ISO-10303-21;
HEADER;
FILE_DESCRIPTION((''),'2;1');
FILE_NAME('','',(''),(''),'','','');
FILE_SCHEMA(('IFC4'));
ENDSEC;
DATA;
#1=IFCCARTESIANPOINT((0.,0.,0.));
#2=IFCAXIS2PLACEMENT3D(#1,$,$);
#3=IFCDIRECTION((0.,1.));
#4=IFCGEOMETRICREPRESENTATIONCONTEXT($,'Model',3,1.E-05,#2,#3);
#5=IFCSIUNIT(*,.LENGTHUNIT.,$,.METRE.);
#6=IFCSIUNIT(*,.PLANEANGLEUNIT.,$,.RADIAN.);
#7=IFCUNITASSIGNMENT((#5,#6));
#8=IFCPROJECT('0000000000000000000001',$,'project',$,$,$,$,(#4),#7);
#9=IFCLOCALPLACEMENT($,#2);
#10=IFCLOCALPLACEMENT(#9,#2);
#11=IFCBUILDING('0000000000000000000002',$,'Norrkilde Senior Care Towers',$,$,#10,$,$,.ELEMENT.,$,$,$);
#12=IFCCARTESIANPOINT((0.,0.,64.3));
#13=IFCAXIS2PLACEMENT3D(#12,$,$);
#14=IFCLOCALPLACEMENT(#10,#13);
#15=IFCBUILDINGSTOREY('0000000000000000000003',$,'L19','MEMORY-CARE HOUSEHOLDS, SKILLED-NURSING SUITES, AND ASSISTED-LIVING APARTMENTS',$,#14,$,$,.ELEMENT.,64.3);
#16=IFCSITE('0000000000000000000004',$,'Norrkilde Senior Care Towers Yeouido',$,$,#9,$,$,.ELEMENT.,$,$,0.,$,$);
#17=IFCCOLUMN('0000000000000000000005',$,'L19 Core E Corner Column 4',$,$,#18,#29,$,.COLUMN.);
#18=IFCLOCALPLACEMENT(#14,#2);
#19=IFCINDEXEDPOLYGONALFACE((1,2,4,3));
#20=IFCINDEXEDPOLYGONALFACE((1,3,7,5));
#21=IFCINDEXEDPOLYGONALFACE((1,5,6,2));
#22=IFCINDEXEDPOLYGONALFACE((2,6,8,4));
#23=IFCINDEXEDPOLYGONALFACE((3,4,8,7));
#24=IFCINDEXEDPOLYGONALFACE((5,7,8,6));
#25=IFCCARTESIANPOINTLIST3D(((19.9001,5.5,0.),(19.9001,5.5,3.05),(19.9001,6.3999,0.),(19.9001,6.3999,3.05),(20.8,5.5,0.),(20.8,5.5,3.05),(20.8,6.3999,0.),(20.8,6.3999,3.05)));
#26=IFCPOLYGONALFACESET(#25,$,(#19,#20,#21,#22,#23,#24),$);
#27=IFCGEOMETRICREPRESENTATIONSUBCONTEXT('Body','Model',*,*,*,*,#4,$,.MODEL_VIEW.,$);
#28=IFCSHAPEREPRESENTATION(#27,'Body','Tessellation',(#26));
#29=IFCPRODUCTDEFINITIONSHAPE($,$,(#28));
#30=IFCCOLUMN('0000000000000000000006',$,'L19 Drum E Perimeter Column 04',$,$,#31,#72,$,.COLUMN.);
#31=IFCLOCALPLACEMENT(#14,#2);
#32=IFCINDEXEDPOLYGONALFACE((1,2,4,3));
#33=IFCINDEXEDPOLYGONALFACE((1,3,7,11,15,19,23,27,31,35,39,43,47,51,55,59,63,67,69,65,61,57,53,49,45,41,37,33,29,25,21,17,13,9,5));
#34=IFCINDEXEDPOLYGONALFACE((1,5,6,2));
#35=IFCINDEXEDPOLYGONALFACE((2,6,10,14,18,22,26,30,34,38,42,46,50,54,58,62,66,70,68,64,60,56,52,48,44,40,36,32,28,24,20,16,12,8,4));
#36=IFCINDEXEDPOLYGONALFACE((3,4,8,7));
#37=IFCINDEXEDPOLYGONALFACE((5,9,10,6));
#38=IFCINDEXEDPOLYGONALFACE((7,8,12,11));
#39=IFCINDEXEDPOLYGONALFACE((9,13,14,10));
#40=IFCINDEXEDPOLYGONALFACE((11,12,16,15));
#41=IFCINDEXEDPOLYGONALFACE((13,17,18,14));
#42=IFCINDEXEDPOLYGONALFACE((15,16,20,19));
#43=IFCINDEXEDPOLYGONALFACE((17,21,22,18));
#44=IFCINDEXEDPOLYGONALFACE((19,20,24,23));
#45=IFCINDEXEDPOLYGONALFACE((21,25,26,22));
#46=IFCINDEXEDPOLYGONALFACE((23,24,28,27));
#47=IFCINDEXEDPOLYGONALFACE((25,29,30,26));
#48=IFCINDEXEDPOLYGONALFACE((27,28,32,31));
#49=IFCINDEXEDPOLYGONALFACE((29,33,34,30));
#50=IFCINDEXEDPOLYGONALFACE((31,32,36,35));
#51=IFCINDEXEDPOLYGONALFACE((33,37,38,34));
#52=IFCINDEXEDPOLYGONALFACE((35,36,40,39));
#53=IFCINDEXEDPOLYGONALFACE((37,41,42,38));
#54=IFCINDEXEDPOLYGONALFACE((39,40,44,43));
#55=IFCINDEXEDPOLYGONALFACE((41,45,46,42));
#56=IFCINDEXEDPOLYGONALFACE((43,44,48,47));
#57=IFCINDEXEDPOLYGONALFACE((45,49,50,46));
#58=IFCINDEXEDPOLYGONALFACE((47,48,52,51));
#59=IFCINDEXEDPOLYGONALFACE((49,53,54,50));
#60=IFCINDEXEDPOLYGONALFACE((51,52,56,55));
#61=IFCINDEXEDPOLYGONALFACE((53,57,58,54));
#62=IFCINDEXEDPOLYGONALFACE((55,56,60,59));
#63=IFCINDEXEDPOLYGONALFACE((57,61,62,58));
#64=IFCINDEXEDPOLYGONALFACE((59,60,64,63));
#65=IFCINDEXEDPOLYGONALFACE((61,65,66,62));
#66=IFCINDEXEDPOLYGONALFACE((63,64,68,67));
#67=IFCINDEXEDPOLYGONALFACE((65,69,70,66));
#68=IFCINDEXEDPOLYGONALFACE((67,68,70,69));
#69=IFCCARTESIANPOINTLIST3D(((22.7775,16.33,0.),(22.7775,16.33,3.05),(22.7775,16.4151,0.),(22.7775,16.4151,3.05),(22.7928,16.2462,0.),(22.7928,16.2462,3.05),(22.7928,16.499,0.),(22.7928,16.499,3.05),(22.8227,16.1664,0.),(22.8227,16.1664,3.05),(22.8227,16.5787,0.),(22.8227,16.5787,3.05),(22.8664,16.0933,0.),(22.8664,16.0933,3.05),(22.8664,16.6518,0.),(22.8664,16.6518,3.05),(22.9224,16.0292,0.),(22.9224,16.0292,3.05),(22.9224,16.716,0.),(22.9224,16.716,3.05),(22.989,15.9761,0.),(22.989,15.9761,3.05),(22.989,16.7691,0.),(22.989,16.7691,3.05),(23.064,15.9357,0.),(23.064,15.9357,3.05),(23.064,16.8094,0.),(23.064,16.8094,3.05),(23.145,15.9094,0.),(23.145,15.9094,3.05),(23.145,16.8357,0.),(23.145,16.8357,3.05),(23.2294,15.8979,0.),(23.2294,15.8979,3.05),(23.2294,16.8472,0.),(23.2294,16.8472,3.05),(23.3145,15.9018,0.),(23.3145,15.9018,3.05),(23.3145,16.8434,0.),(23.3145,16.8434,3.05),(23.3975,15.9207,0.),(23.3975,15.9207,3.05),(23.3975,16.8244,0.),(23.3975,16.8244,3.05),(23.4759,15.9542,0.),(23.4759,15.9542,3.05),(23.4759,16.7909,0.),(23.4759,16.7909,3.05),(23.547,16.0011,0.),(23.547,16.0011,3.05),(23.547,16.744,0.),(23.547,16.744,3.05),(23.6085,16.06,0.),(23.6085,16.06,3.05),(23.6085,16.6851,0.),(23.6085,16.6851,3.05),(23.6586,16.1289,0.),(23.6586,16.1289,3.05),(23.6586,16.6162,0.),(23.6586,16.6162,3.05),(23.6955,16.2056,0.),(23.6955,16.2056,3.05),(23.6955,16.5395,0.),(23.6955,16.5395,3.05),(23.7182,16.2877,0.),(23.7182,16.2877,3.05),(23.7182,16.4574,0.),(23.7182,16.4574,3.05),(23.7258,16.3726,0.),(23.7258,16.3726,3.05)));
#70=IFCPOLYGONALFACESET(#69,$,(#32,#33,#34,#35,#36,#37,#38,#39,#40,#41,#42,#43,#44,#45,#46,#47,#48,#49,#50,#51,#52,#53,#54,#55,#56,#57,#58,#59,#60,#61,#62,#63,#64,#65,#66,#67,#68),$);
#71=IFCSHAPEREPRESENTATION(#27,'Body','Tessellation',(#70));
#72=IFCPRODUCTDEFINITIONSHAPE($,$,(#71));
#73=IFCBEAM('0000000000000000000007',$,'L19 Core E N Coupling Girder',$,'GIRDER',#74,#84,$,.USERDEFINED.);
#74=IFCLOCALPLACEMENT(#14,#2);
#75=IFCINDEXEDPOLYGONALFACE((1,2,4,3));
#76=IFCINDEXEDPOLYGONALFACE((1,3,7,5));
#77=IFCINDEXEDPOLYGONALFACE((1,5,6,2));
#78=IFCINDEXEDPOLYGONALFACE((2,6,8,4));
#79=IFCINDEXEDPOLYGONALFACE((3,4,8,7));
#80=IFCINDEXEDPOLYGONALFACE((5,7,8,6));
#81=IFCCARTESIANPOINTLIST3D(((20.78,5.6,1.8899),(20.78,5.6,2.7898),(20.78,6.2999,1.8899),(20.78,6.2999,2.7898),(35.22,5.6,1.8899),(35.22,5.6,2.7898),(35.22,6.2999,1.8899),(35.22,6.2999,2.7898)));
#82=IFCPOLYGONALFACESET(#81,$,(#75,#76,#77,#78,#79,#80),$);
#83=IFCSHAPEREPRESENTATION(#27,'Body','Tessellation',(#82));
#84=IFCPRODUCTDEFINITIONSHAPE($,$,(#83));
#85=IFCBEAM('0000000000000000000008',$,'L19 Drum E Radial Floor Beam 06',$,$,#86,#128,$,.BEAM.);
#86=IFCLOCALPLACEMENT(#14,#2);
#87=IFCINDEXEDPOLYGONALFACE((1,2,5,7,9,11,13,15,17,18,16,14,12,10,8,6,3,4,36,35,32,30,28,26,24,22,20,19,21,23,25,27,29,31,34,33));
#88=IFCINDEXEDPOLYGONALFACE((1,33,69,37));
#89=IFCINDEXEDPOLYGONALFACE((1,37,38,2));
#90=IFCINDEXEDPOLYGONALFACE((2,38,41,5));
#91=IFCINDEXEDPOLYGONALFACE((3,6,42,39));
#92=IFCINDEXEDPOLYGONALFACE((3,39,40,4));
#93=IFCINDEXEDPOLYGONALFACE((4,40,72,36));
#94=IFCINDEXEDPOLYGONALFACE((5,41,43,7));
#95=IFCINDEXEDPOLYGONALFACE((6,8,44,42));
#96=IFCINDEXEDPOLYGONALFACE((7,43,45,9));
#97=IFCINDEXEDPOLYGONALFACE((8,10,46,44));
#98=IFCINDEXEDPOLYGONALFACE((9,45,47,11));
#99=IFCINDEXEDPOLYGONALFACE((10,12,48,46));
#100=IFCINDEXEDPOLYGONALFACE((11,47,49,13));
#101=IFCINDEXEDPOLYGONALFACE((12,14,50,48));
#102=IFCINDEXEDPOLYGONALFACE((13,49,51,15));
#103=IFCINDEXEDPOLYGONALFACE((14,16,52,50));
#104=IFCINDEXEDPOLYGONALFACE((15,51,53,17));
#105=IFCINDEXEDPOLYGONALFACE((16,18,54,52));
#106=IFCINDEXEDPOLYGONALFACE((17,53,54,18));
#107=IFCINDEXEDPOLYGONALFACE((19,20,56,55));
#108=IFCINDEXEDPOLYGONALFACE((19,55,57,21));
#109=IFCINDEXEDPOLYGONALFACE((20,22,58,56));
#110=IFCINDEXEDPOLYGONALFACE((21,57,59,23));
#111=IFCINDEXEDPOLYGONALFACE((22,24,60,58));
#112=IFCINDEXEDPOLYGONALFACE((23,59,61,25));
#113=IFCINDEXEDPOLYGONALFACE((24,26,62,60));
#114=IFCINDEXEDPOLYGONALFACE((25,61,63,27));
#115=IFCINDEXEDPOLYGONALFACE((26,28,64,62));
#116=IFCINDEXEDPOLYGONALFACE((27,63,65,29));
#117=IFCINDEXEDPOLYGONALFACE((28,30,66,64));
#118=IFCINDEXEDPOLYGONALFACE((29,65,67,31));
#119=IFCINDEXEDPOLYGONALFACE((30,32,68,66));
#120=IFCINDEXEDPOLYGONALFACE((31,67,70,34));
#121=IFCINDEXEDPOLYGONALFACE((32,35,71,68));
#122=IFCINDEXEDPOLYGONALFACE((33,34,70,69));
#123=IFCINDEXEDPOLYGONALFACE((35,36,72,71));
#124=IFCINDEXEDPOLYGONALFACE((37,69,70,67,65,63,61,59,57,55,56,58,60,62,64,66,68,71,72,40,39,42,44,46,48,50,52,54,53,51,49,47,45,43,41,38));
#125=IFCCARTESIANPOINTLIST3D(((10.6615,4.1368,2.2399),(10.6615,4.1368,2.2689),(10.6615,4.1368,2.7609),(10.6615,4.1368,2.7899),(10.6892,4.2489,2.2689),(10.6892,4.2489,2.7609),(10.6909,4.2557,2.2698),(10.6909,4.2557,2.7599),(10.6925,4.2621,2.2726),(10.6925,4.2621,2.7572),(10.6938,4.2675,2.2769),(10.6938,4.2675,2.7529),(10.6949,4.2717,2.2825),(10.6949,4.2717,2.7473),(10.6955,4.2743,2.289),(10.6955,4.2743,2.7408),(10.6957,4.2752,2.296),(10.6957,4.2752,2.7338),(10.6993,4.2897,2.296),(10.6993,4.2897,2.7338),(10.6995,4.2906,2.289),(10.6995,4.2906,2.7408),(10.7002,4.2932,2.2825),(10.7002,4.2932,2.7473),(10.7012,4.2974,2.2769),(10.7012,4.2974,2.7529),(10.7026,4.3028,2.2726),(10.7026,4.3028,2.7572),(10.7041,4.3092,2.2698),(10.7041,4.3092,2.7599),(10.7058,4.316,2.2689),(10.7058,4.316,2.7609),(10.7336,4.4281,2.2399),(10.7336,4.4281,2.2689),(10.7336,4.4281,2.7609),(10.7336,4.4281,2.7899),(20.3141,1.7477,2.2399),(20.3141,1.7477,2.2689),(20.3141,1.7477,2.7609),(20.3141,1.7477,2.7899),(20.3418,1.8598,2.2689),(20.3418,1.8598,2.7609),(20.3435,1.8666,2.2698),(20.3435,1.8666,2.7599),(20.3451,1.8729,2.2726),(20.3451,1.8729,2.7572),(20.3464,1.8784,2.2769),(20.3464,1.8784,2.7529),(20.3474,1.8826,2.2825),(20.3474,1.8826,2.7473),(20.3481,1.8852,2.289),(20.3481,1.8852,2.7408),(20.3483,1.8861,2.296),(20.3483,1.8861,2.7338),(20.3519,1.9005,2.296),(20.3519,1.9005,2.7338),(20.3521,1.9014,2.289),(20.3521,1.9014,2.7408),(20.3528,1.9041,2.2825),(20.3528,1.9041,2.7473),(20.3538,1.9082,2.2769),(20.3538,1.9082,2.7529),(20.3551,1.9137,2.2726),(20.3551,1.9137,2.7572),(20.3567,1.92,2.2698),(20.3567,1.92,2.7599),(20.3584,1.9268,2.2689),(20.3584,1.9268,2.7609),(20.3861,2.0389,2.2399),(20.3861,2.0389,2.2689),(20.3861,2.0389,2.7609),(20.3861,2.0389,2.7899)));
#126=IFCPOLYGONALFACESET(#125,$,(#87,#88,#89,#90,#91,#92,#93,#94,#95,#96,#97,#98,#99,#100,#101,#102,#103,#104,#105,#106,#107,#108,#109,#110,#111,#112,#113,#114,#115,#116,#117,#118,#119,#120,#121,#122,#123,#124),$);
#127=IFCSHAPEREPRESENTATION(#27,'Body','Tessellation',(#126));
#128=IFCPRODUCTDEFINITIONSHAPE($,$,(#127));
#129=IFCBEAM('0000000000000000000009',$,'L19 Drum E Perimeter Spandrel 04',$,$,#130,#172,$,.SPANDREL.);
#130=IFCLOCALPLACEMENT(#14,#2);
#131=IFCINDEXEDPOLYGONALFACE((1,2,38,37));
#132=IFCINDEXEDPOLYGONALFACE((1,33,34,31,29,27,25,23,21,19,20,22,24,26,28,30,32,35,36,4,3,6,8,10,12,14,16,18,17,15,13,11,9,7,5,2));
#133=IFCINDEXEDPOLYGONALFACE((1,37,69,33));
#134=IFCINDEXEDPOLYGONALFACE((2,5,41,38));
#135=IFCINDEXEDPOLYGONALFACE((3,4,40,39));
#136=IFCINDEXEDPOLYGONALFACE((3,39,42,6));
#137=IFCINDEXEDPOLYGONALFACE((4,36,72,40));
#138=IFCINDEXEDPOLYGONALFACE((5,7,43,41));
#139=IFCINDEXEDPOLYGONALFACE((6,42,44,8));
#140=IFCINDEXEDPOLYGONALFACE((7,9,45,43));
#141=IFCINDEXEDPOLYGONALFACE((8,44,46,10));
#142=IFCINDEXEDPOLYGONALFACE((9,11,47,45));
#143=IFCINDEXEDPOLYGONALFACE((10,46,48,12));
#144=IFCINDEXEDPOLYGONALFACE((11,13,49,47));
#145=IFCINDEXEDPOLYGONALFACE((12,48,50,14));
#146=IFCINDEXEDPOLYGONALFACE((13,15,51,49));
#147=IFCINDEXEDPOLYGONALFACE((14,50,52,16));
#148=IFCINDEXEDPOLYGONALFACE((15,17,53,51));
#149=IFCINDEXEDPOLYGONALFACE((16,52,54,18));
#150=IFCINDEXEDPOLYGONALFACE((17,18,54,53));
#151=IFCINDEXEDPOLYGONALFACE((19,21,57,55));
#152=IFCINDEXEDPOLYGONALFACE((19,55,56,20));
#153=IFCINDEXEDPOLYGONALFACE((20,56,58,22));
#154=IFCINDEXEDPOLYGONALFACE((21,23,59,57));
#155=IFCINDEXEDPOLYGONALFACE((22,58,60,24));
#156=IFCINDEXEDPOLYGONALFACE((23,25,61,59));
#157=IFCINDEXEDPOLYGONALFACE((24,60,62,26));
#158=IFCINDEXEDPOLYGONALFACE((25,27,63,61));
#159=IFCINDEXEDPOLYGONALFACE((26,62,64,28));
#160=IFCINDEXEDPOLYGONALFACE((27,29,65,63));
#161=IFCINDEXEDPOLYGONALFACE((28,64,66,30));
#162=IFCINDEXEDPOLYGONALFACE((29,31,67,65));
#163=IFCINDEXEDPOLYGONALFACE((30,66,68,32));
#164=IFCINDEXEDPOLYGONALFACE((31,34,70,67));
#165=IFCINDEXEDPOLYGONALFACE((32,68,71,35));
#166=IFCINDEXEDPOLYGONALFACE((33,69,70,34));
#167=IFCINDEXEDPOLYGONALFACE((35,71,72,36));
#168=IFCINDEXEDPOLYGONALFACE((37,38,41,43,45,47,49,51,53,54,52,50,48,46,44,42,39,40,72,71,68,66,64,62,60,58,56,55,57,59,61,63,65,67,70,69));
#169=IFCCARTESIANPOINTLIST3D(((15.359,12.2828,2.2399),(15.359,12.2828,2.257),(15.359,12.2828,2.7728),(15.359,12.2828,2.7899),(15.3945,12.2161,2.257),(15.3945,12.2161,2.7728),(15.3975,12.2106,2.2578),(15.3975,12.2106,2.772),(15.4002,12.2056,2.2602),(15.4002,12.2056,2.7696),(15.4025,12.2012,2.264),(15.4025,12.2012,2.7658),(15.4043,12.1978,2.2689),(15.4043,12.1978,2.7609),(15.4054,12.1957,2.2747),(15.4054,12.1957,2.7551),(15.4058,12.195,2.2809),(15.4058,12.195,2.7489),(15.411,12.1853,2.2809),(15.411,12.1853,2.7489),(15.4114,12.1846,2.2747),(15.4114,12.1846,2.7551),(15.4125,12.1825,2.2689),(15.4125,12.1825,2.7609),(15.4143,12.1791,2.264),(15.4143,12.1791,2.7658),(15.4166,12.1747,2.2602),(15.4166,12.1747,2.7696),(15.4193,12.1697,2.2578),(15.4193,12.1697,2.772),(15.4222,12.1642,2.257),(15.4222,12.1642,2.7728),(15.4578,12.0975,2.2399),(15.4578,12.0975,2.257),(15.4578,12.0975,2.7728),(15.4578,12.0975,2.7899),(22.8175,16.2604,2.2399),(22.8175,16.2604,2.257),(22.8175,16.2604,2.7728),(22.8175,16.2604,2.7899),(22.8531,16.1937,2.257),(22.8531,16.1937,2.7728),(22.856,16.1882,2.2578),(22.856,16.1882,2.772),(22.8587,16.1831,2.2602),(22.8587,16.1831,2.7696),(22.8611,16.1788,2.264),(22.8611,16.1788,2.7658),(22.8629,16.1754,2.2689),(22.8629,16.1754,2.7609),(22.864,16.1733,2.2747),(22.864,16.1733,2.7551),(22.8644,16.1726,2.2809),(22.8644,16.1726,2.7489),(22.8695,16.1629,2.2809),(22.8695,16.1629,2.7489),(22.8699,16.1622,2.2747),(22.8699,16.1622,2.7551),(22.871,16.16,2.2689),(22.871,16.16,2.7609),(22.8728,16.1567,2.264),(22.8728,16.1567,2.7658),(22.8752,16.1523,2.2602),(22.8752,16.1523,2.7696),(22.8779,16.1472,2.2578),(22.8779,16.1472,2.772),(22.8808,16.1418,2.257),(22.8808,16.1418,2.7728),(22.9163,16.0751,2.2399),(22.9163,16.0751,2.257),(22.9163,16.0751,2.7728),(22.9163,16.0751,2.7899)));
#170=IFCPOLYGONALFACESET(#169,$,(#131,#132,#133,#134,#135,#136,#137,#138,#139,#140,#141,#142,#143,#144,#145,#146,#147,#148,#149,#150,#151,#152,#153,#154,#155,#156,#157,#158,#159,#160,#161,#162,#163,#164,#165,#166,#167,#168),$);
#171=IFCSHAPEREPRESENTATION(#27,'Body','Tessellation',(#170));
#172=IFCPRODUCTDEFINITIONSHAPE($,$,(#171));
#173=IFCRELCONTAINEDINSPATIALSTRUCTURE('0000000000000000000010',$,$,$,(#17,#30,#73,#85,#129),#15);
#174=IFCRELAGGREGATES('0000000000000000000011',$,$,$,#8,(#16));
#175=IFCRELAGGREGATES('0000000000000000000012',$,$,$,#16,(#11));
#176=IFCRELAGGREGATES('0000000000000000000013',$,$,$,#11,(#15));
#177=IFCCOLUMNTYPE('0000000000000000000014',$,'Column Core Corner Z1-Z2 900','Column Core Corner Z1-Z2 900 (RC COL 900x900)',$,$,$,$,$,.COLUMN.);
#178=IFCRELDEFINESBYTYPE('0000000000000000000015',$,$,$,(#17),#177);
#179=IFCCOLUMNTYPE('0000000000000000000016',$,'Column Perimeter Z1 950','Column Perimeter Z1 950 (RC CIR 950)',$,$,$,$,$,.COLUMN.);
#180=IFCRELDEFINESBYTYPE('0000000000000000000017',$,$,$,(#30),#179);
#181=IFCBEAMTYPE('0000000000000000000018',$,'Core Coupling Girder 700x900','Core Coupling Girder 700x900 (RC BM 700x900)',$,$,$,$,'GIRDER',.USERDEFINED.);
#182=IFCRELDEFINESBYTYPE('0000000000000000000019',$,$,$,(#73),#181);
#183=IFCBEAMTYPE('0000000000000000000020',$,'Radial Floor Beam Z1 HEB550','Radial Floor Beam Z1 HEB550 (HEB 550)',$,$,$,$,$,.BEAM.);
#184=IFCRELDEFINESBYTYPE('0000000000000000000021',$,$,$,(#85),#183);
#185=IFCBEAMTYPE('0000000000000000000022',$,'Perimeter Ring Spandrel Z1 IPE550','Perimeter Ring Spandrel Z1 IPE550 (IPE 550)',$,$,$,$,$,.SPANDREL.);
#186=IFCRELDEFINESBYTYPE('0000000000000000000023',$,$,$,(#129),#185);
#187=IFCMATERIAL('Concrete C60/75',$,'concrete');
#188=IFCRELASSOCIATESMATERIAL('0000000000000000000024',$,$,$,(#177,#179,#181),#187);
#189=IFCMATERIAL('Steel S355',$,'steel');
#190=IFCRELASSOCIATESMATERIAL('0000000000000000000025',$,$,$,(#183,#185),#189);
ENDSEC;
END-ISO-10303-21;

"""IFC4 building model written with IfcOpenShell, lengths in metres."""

from ifc_helpers import new_model, si_unit, direction, frame, origin, origin_2d, place, context, subcontext, project, spatial, rectangle, circle, i_section, extrude, source, transform, mapped, material, material_profile, profile_set, type_object, type_shapes, element, save


model = new_model("IFC4")

# Units and contexts
model_context = context("Model", 3, precision=1e-05, world=origin(), true_north=direction((0.0, 1.0)))
body_context = subcontext(model_context, "Body", "Model", "MODEL_VIEW")
ifc_project = project(units=[si_unit("LENGTHUNIT", "METRE"), si_unit("PLANEANGLEUNIT", "RADIAN")], contexts=[model_context])

# Site, building, storey
site_placement = place(None, origin())
site = spatial("IfcSite", under=ifc_project, at=site_placement, Name="Norrkilde Senior Care Towers Yeouido", CompositionType="ELEMENT", RefElevation=0.0)
building_placement = place(site_placement, origin())
building = spatial("IfcBuilding", under=site, at=building_placement, Name="Norrkilde Senior Care Towers", CompositionType="ELEMENT")
storey_placement = place(building_placement, frame((0.0, 0.0, 64.3)))
storey = spatial("IfcBuildingStorey", under=building, at=storey_placement, Name="L19", Description="MEMORY-CARE HOUSEHOLDS, SKILLED-NURSING SUITES, AND ASSISTED-LIVING APARTMENTS", CompositionType="ELEMENT", Elevation=64.3)

# Columns
ifc_material_1 = material(Name="Concrete C60/75", Category="concrete")
ifc_material_profile_1 = material_profile(ifc_material_1, rectangle(XDim=0.8999, YDim=0.8999, at=origin_2d()), Name="RC COL 900x900")
ifc_profile_set_1 = profile_set([ifc_material_profile_1], Name="Concrete C60/75")
column_type_1 = type_object("IfcColumnType", Name="Column Core Corner Z1-Z2 900", Description="Column Core Corner Z1-Z2 900 (RC COL 900x900)", PredefinedType="COLUMN", material=ifc_profile_set_1)
shared_shape_1 = source(origin(), body_context, "Body", "SweptSolid", [
    extrude(rectangle(XDim=0.8999, YDim=0.8999, at=origin_2d()), origin(), (0.0, 0.0, 1.0), 3.05),
])
type_shapes(column_type_1, [shared_shape_1])
column_1_placement = place(storey_placement, frame((20.3501, 5.95, 0.0), z_axis=(0.0, 0.0, 1.0), x_axis=(1.0, 0.0, 0.0)))
element("IfcColumn", 1, at=column_1_placement, inside=storey, type_object=column_type_1, Name="L19 Core E Corner Column 4", PredefinedType="COLUMN", context=body_context, shape_type="MappedRepresentation", body=[
    mapped(shared_shape_1, transform((0.0, 0.0, 0.0), x_axis=(1.0, 0.0, 0.0), y_axis=(0.0, 1.0, 0.0), z_axis=(0.0, 0.0, 1.0), scale=1.0)),
])
ifc_material_profile_2 = material_profile(ifc_material_1, circle(Radius=0.4751, at=origin_2d()), Name="RC CIR 950")
ifc_profile_set_2 = profile_set([ifc_material_profile_2], Name="Concrete C60/75")
column_type_2 = type_object("IfcColumnType", Name="Column Perimeter Z1 950", Description="Column Perimeter Z1 950 (RC CIR 950)", PredefinedType="COLUMN", material=ifc_profile_set_2)
shared_shape_2 = source(origin(), body_context, "Body", "SweptSolid", [
    extrude(circle(Radius=0.4751, at=origin_2d()), origin(), (0.0, 0.0, 1.0), 3.05),
])
type_shapes(column_type_2, [shared_shape_2])
column_2_placement = place(storey_placement, frame((23.2507, 16.3726, 0.0), z_axis=(0.0, 0.0, 1.0), x_axis=(1.0, 0.0, 0.0)))
element("IfcColumn", 2, at=column_2_placement, inside=storey, type_object=column_type_2, Name="L19 Drum E Perimeter Column 04", PredefinedType="COLUMN", context=body_context, shape_type="MappedRepresentation", body=[
    mapped(shared_shape_2, transform((0.0, 0.0, 0.0), x_axis=(1.0, 0.0, 0.0), y_axis=(0.0, 1.0, 0.0), z_axis=(0.0, 0.0, 1.0), scale=1.0)),
])

# Beams
ifc_material_profile_3 = material_profile(ifc_material_1, rectangle(XDim=0.7, YDim=0.8999, at=origin_2d()), Name="RC BM 700x900")
ifc_profile_set_3 = profile_set([ifc_material_profile_3], Name="Concrete C60/75")
beam_type_1 = type_object("IfcBeamType", Name="Core Coupling Girder 700x900", Description="Core Coupling Girder 700x900 (RC BM 700x900)", ElementType="GIRDER", PredefinedType="USERDEFINED", material=ifc_profile_set_3)
shared_shape_3 = source(origin(), body_context, "Body", "SweptSolid", [
    extrude(rectangle(XDim=0.7, YDim=0.8999, at=origin_2d()), origin(), (0.0, 0.0, 1.0), 14.4399),
])
type_shapes(beam_type_1, [shared_shape_3])
beam_1_placement = place(storey_placement, frame((20.78, 5.95, 2.3398), z_axis=(1.0, 0.0, 0.0), x_axis=(0.0, 1.0, 0.0)))
element("IfcBeam", 3, at=beam_1_placement, inside=storey, type_object=beam_type_1, Name="L19 Core E N Coupling Girder", ObjectType="GIRDER", PredefinedType="USERDEFINED", context=body_context, shape_type="MappedRepresentation", body=[
    mapped(shared_shape_3, transform((0.0, 0.0, 0.0), x_axis=(1.0, 0.0, 0.0), y_axis=(0.0, 1.0, 0.0), z_axis=(0.0, 0.0, 1.0), scale=1.0)),
])
ifc_material_2 = material(Name="Steel S355", Category="steel")
ifc_material_profile_4 = material_profile(ifc_material_2, i_section(OverallWidth=0.3, OverallDepth=0.55, WebThickness=0.0149, FlangeThickness=0.0291, FilletRadius=0.0271, at=origin_2d()), Name="HEB 550")
ifc_profile_set_4 = profile_set([ifc_material_profile_4], Name="Steel S355")
beam_type_2 = type_object("IfcBeamType", Name="Radial Floor Beam Z1 HEB550", Description="Radial Floor Beam Z1 HEB550 (HEB 550)", PredefinedType="BEAM", material=ifc_profile_set_4)
shared_shape_4 = source(origin(), body_context, "Body", "SweptSolid", [
    extrude(i_section(OverallWidth=0.3, OverallDepth=0.55, WebThickness=0.0149, FlangeThickness=0.0291, FilletRadius=0.0271, at=origin_2d()), origin(), (0.0, 0.0, 1.0), 9.9438),
])
beam_2_placement = place(storey_placement, frame((20.3501, 1.8933, 2.5149), z_axis=(-0.970707, 0.240265, 0.0), x_axis=(-0.240265, -0.970707, 0.0)))
element("IfcBeam", 4, at=beam_2_placement, inside=storey, type_object=beam_type_2, Name="L19 Drum E Radial Floor Beam 06", PredefinedType="BEAM", context=body_context, shape_type="MappedRepresentation", body=[
    mapped(shared_shape_4, transform((0.0, 0.0, 0.0), x_axis=(1.0, 0.0, 0.0), y_axis=(0.0, 1.0, 0.0), z_axis=(0.0, 0.0, 1.0), scale=1.0)),
])
ifc_material_profile_5 = material_profile(ifc_material_2, i_section(OverallWidth=0.21, OverallDepth=0.55, WebThickness=0.011, FlangeThickness=0.0171, FilletRadius=0.0239, at=origin_2d()), Name="IPE 550")
ifc_profile_set_5 = profile_set([ifc_material_profile_5], Name="Steel S355")
beam_type_3 = type_object("IfcBeamType", Name="Perimeter Ring Spandrel Z1 IPE550", Description="Perimeter Ring Spandrel Z1 IPE550 (IPE 550)", PredefinedType="SPANDREL", material=ifc_profile_set_5)
shared_shape_5 = source(origin(), body_context, "Body", "SweptSolid", [
    extrude(i_section(OverallWidth=0.21, OverallDepth=0.55, WebThickness=0.011, FlangeThickness=0.0171, FilletRadius=0.0239, at=origin_2d()), origin(), (0.0, 0.0, 1.0), 8.4529),
])
type_shapes(beam_type_3, [shared_shape_5])
beam_3_placement = place(storey_placement, frame((22.8669, 16.1677, 2.5149), z_axis=(-0.882369, -0.470558, 0.0), x_axis=(0.470558, -0.882369, 0.0)))
element("IfcBeam", 5, at=beam_3_placement, inside=storey, type_object=beam_type_3, Name="L19 Drum E Perimeter Spandrel 04", PredefinedType="SPANDREL", context=body_context, shape_type="MappedRepresentation", body=[
    mapped(shared_shape_5, transform((0.0, 0.0, 0.0), x_axis=(1.0, 0.0, 0.0), y_axis=(0.0, 1.0, 0.0), z_axis=(0.0, 0.0, 1.0), scale=1.0)),
])

save(model, "model.ifc")
